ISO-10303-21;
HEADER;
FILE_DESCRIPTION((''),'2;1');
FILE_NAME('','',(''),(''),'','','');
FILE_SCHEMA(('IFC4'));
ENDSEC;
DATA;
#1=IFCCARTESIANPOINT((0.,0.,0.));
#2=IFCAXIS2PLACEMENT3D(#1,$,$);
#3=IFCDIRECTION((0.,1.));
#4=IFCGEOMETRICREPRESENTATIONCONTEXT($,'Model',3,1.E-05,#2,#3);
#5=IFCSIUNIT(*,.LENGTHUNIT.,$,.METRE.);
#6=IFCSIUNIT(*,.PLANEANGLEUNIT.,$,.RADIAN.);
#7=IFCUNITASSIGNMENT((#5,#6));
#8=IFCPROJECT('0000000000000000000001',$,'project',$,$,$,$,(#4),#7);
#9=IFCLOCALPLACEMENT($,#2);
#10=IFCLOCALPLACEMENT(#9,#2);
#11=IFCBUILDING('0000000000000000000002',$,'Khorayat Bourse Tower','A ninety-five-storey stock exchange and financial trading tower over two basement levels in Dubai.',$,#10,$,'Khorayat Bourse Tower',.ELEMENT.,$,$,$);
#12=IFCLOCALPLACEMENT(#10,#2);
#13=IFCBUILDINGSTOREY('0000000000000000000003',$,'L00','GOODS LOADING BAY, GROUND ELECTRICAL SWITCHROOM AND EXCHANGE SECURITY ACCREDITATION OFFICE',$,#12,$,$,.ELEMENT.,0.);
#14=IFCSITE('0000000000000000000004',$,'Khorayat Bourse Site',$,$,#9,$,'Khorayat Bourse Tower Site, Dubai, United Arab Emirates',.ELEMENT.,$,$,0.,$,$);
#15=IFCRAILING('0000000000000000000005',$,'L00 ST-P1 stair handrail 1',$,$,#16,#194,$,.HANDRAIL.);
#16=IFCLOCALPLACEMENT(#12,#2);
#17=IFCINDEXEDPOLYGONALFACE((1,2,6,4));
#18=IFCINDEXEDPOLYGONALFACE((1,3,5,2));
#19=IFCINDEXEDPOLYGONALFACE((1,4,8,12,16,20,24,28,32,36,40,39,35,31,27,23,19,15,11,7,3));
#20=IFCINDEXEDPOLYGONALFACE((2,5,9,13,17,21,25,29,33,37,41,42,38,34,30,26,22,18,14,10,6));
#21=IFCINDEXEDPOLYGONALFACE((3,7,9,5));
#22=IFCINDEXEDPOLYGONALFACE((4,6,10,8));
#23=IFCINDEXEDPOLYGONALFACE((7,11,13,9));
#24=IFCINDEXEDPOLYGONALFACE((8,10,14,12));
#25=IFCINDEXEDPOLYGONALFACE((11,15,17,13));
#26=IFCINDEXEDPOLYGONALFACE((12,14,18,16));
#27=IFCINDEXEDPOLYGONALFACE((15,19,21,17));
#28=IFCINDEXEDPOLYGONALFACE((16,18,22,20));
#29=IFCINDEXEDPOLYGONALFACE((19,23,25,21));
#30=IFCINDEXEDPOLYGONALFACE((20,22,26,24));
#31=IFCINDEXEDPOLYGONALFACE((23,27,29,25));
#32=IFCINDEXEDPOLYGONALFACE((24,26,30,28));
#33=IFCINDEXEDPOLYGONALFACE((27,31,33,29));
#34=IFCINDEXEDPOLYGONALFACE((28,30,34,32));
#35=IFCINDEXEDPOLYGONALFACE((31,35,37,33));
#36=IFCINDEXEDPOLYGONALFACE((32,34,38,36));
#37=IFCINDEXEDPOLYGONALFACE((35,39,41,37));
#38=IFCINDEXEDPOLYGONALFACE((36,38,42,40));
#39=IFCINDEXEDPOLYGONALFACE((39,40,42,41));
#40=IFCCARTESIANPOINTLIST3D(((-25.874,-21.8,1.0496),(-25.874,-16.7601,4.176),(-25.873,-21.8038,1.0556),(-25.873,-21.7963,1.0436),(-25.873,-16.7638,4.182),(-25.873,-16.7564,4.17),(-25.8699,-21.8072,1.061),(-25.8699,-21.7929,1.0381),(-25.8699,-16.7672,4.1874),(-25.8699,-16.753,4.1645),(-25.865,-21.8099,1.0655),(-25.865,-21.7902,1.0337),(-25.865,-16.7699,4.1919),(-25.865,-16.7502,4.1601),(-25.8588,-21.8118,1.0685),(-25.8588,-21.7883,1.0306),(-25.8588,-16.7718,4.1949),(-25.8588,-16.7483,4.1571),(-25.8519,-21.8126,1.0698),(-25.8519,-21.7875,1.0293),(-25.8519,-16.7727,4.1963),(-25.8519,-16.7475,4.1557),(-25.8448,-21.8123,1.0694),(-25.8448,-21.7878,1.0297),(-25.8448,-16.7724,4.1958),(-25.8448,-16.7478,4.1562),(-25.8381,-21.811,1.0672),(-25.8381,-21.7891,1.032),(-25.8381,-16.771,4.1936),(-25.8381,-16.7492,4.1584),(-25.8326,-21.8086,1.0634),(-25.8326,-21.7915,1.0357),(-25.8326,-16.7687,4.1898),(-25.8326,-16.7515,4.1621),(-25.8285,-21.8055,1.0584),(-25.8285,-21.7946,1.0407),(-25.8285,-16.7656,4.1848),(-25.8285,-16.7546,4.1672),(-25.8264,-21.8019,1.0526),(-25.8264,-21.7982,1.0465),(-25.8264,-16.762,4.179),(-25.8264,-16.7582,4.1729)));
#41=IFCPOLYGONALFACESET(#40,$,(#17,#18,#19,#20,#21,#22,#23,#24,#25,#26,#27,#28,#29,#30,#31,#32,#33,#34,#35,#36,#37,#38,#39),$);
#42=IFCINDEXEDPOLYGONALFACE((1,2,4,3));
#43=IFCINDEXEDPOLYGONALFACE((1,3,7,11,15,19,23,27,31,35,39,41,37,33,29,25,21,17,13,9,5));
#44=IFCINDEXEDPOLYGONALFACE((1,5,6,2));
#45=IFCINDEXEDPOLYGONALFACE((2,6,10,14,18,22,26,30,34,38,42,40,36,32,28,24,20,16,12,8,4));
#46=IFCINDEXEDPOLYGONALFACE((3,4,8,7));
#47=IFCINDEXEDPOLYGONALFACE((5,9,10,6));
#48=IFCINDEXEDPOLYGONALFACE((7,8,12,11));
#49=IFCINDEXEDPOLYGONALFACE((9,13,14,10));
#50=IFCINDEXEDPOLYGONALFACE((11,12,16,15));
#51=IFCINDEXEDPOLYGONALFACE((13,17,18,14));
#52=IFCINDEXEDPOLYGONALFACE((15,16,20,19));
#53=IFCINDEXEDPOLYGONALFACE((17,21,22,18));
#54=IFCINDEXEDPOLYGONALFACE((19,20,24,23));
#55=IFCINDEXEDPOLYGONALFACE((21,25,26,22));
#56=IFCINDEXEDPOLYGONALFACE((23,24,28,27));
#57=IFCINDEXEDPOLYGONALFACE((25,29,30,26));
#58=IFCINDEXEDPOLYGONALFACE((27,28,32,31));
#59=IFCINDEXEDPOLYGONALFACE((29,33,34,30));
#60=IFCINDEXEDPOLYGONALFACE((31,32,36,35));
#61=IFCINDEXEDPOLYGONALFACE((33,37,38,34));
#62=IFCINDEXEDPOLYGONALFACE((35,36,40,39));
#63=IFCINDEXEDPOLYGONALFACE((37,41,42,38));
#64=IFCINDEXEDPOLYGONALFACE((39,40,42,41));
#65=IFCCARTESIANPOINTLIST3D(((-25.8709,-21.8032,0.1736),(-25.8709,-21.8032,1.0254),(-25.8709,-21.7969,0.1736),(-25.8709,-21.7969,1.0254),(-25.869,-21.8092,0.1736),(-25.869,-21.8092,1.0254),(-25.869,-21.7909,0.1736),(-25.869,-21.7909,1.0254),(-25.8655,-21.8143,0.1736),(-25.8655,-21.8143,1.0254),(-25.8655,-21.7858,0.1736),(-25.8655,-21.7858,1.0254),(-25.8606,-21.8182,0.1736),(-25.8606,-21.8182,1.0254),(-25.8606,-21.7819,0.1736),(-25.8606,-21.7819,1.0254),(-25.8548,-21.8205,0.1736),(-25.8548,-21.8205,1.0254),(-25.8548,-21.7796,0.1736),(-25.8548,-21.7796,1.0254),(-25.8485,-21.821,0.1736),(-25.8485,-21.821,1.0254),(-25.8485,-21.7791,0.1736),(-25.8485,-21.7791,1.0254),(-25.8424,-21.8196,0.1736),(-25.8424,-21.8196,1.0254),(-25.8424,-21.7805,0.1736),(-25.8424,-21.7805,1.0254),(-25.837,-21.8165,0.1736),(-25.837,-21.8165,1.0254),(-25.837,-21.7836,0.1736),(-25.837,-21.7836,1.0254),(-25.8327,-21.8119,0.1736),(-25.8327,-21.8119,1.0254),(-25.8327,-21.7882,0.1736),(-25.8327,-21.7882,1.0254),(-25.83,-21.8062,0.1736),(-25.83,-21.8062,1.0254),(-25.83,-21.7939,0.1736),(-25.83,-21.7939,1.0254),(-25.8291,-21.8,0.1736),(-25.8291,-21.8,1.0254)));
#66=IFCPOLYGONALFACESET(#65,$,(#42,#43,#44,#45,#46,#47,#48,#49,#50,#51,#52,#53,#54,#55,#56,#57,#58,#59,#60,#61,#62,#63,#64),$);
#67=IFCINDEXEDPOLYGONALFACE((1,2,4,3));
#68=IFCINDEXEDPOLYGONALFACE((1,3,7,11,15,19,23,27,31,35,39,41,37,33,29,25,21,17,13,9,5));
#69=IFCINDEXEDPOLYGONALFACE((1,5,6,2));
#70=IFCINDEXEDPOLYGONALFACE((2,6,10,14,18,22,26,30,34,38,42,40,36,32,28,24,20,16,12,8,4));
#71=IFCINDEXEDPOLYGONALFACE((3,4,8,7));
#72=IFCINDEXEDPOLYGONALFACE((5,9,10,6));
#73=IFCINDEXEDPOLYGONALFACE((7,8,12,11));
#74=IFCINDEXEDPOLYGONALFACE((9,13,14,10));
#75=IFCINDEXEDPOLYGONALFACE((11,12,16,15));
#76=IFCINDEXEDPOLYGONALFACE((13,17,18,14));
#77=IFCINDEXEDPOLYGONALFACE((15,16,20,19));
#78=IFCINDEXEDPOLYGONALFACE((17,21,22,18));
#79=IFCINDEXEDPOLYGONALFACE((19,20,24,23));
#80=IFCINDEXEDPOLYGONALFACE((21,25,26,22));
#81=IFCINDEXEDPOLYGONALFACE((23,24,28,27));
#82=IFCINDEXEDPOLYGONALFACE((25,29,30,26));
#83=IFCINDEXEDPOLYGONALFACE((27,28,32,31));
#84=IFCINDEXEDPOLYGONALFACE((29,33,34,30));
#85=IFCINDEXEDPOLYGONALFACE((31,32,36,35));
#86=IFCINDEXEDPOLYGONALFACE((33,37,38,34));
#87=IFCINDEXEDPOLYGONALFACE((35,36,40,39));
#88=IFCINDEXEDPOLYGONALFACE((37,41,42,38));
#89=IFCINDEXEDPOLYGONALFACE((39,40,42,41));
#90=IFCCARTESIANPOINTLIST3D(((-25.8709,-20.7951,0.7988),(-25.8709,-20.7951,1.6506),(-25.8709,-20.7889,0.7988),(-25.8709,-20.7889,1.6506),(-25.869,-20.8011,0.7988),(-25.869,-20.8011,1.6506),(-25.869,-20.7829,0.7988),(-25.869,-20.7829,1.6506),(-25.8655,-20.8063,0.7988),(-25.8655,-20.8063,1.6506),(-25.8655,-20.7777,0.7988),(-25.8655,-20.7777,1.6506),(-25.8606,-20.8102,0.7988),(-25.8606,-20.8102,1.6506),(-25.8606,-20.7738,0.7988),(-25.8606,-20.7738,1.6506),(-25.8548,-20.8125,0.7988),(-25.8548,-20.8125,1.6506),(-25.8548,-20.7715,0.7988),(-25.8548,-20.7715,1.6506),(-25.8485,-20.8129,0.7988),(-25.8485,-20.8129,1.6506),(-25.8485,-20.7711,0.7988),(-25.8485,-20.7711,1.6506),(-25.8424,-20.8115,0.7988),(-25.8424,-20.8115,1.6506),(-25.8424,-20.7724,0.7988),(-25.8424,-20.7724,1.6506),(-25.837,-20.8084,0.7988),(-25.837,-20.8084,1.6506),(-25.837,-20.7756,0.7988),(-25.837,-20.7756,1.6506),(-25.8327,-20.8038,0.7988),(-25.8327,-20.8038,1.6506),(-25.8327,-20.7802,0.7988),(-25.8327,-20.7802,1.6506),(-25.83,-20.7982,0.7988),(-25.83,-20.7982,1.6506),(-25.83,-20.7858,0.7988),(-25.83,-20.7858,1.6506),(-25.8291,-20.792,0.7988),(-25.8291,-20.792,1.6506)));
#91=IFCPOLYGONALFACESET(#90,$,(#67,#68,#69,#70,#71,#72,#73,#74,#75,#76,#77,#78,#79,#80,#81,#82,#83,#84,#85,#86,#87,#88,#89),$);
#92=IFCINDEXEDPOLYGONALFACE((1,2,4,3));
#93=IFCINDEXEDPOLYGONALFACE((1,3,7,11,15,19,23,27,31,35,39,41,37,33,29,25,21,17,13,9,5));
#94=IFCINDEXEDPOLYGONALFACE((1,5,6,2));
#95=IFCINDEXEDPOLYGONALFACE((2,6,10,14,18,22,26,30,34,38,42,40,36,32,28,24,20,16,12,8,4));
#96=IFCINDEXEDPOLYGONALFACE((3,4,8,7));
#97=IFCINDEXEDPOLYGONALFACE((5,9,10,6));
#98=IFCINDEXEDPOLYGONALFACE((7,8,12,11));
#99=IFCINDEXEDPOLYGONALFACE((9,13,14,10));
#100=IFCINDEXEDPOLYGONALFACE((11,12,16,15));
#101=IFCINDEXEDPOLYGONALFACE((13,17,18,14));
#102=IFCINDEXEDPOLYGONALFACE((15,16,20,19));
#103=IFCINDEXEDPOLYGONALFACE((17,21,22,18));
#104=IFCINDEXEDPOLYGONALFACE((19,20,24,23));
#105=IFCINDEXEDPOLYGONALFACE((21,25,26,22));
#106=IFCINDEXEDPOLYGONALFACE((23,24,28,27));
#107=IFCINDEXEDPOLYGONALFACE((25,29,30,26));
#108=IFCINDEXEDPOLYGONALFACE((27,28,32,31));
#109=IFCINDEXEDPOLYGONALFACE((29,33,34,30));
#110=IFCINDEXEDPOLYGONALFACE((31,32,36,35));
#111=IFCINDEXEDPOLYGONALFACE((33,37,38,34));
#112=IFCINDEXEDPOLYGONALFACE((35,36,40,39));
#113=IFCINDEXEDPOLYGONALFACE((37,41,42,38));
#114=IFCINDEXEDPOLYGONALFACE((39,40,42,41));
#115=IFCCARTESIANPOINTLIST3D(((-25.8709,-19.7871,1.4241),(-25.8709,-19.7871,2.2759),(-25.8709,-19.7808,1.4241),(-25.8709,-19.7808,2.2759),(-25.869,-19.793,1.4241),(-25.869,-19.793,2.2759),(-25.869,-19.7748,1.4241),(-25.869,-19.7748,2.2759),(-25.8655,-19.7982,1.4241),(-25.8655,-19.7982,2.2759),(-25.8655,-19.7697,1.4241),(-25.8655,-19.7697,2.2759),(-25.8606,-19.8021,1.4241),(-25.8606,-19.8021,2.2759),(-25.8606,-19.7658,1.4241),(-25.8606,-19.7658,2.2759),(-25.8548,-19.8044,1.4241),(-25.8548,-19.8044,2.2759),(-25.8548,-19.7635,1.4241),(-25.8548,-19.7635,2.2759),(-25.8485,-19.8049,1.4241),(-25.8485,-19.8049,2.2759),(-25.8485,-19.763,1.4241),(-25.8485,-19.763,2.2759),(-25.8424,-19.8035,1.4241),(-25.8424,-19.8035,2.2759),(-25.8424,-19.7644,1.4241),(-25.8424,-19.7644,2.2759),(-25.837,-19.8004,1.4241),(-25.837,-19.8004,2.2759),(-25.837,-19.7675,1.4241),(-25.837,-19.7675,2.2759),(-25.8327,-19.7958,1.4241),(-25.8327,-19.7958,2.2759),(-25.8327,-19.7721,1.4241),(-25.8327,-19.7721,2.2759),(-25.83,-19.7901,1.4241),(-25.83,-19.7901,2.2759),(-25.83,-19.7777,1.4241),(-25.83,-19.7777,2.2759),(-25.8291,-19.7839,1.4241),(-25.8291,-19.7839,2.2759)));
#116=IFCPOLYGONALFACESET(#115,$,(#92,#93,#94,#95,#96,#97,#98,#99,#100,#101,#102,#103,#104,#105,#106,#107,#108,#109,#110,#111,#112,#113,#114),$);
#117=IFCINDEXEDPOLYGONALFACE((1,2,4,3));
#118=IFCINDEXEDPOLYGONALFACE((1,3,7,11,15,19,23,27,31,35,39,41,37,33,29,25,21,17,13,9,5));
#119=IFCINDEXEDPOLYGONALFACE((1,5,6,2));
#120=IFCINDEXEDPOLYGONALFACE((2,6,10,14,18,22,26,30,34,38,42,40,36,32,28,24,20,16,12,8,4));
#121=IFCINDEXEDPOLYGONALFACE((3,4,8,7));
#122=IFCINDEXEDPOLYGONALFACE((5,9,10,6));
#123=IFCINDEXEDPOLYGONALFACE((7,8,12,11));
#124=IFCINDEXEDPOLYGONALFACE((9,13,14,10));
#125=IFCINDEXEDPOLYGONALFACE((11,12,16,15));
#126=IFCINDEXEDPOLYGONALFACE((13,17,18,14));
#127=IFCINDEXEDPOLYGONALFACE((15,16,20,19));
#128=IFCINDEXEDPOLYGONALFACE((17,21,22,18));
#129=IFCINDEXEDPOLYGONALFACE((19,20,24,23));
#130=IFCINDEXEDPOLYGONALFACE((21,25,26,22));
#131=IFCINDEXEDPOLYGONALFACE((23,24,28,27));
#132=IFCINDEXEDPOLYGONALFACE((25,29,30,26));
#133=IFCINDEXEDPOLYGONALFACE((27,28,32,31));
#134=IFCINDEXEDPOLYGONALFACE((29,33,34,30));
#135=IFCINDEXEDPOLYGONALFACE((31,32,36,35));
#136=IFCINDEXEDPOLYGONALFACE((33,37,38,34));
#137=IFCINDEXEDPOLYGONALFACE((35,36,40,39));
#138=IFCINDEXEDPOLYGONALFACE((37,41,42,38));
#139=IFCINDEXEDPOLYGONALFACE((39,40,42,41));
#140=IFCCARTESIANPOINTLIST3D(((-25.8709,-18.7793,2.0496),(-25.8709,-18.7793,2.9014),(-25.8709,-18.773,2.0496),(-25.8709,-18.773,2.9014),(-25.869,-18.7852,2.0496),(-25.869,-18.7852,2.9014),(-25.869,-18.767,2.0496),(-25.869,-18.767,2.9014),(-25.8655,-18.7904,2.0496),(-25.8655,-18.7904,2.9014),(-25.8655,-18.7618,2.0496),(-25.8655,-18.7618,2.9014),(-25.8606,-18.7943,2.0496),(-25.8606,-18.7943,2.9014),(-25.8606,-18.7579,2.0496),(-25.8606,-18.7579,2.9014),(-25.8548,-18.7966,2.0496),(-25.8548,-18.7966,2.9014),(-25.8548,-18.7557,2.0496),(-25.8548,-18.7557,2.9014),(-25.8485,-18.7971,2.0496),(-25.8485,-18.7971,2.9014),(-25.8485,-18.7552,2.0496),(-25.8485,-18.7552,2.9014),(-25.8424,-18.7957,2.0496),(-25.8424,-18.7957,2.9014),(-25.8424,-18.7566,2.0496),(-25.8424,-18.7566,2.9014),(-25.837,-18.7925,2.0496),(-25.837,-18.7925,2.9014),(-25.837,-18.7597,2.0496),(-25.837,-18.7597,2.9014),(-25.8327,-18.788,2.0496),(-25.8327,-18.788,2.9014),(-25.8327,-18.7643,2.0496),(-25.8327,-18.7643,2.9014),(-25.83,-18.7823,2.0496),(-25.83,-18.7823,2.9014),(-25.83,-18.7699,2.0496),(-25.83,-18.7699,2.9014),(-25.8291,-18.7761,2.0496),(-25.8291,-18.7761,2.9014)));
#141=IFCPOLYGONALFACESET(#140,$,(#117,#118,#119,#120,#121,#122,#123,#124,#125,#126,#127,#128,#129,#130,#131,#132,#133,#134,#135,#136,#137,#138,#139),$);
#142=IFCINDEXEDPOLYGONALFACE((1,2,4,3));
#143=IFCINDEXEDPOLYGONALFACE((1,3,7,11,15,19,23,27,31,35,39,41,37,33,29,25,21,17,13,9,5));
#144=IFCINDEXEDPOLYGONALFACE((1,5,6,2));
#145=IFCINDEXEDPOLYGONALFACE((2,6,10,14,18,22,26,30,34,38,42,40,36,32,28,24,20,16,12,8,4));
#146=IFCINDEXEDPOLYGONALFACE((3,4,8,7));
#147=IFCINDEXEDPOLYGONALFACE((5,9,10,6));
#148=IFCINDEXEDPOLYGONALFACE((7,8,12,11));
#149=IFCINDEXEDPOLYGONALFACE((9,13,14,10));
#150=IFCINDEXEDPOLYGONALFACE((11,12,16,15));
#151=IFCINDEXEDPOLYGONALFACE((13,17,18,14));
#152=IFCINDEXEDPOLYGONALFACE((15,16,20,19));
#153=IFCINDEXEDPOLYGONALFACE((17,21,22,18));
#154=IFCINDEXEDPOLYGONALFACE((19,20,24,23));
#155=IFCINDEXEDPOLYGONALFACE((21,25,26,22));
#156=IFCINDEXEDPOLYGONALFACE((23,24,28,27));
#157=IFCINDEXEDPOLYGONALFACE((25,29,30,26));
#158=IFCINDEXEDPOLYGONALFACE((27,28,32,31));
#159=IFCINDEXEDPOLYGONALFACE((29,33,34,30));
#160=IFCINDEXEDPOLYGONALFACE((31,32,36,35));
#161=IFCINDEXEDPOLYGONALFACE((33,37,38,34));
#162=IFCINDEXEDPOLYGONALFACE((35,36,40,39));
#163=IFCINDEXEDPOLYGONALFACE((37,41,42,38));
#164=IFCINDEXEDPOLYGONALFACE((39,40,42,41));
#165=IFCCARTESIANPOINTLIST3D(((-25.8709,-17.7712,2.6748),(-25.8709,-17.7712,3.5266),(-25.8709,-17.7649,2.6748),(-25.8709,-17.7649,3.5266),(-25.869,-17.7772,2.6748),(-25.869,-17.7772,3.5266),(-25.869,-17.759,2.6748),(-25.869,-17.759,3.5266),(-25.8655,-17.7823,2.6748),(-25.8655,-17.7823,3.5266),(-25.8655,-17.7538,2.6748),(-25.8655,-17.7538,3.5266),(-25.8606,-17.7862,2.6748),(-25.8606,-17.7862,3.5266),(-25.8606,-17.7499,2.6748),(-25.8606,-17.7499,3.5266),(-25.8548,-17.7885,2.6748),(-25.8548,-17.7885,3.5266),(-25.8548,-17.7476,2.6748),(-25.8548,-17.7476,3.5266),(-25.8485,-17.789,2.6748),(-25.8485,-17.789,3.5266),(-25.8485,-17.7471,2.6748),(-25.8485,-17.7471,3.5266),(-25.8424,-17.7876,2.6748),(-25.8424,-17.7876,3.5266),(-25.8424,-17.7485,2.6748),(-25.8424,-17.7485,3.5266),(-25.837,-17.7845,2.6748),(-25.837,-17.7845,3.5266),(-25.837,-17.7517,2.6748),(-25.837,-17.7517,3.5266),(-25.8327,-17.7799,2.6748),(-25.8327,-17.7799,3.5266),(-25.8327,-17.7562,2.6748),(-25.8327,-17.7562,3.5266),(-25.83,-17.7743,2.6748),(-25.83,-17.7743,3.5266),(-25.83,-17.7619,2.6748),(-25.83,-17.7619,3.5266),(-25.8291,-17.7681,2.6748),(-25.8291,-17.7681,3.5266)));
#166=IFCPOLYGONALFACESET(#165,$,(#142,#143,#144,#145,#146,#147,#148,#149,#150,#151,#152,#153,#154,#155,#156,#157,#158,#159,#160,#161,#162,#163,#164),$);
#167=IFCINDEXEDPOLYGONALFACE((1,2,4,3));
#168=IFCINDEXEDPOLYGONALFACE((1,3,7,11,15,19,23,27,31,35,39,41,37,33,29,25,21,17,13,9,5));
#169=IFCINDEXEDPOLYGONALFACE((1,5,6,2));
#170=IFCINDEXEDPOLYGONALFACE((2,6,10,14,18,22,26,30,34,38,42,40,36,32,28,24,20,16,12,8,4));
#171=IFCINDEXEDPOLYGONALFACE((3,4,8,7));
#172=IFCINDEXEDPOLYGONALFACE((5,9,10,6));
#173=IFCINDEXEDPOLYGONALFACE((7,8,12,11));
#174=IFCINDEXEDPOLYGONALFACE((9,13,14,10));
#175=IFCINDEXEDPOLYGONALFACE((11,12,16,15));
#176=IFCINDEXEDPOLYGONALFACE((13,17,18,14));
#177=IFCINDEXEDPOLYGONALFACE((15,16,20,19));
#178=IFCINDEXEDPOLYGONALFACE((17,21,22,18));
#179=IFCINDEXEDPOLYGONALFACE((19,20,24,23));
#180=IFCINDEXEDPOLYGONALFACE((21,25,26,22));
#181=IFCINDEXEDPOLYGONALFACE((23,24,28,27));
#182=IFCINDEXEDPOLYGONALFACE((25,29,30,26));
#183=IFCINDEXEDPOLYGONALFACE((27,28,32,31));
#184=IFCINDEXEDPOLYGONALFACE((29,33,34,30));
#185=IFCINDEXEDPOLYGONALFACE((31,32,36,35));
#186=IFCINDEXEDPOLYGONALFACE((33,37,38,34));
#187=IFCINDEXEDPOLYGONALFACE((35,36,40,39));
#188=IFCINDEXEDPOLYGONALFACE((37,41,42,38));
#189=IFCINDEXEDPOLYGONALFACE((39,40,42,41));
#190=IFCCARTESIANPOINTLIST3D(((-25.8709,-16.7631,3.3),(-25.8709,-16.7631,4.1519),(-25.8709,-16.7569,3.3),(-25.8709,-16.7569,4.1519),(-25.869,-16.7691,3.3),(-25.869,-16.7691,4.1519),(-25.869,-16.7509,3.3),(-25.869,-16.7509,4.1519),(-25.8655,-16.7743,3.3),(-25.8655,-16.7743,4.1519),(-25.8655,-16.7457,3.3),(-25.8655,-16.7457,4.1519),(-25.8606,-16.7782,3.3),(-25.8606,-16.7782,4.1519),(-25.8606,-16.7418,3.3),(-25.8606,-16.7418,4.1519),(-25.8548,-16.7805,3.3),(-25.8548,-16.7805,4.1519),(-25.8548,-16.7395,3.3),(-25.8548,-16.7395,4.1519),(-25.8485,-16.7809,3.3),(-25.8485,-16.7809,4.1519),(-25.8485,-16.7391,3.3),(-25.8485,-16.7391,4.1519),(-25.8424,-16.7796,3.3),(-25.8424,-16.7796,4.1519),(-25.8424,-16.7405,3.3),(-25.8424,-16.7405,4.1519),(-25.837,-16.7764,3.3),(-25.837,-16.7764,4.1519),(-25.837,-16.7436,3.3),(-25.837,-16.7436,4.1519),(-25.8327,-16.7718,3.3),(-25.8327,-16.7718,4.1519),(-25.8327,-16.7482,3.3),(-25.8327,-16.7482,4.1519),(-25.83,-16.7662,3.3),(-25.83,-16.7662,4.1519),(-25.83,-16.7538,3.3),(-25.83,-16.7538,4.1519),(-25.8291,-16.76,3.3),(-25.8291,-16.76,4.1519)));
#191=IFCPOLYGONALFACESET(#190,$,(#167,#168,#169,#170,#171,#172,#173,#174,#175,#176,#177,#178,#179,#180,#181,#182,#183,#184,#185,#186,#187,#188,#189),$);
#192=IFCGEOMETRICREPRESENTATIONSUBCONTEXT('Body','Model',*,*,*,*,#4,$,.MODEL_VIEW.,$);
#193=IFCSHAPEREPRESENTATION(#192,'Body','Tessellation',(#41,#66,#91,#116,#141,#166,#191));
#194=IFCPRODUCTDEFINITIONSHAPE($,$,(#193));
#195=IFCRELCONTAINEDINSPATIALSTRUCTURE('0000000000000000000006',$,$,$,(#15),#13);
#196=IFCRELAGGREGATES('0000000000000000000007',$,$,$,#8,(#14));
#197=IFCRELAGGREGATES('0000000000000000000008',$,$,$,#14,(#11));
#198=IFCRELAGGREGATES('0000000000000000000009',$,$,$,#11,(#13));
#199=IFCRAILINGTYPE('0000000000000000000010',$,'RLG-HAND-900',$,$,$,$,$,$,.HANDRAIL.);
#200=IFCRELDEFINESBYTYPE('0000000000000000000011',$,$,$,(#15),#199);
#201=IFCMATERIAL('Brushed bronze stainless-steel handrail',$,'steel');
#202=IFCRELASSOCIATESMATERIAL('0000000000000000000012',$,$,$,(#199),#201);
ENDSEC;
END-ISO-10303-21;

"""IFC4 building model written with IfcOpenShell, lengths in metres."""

from ifc_helpers import new_model, si_unit, direction, frame, origin, origin_2d, place, context, subcontext, project, spatial, circle, extrude, source, transform, mapped, material, type_object, element, save


model = new_model("IFC4")

# Units and contexts
model_context = context("Model", 3, precision=1e-05, world=origin(), true_north=direction((0.0, 1.0)))
body_context = subcontext(model_context, "Body", "Model", "MODEL_VIEW")
ifc_project = project(units=[si_unit("LENGTHUNIT", "METRE"), si_unit("PLANEANGLEUNIT", "RADIAN")], contexts=[model_context])

# Site, building, storey
site_placement = place(None, origin())
site = spatial("IfcSite", under=ifc_project, at=site_placement, Name="Khorayat Bourse Site", LongName="Khorayat Bourse Tower Site, Dubai, United Arab Emirates", CompositionType="ELEMENT", RefElevation=0.0)
building_placement = place(site_placement, origin())
building = spatial("IfcBuilding", under=site, at=building_placement, Name="Khorayat Bourse Tower", Description="A ninety-five-storey stock exchange and financial trading tower over two basement levels in Dubai.", LongName="Khorayat Bourse Tower", CompositionType="ELEMENT")
storey_placement = place(building_placement, origin())
storey = spatial("IfcBuildingStorey", under=building, at=storey_placement, Name="L00", Description="GOODS LOADING BAY, GROUND ELECTRICAL SWITCHROOM AND EXCHANGE SECURITY ACCREDITATION OFFICE", CompositionType="ELEMENT", Elevation=0.0)

# Railing
ifc_material_1 = material(Name="Brushed bronze stainless-steel handrail", Category="steel")
railing_type_1 = type_object("IfcRailingType", Name="RLG-HAND-900", PredefinedType="HANDRAIL", material=ifc_material_1)
shared_shape_1 = source(origin(), body_context, "Body", "SweptSolid", [
    extrude(circle(Radius=0.0239, at=origin_2d()), frame((0.0, 0.0, 0.876), z_axis=(0.0, 0.849779, 0.527139), x_axis=(-1.0, 0.0, 0.0)), (0.0, 0.0, 1.0), 5.9309),
    extrude(circle(Radius=0.021, at=origin_2d()), origin(), (0.0, 0.0, 1.0), 0.8518),
    extrude(circle(Radius=0.021, at=origin_2d()), frame((0.0, 1.0081, 0.6252)), (0.0, 0.0, 1.0), 0.8518),
    extrude(circle(Radius=0.021, at=origin_2d()), frame((0.0, 2.0161, 1.2505)), (0.0, 0.0, 1.0), 0.8518),
    extrude(circle(Radius=0.021, at=origin_2d()), frame((0.0, 3.0239, 1.876)), (0.0, 0.0, 1.0), 0.8518),
    extrude(circle(Radius=0.021, at=origin_2d()), frame((0.0, 4.032, 2.5012)), (0.0, 0.0, 1.0), 0.8518),
    extrude(circle(Radius=0.021, at=origin_2d()), frame((0.0, 5.04, 3.1265)), (0.0, 0.0, 1.0), 0.8518),
])
railing_1_placement = place(storey_placement, frame((-25.8501, -21.8, 0.1736)))
element("IfcRailing", 1, at=railing_1_placement, inside=storey, type_object=railing_type_1, Name="L00 ST-P1 stair handrail 1", PredefinedType="HANDRAIL", context=body_context, shape_type="MappedRepresentation", body=[
    mapped(shared_shape_1, transform((0.0, 0.0, 0.0), scale=1.0)),
])

save(model, "model.ifc")
